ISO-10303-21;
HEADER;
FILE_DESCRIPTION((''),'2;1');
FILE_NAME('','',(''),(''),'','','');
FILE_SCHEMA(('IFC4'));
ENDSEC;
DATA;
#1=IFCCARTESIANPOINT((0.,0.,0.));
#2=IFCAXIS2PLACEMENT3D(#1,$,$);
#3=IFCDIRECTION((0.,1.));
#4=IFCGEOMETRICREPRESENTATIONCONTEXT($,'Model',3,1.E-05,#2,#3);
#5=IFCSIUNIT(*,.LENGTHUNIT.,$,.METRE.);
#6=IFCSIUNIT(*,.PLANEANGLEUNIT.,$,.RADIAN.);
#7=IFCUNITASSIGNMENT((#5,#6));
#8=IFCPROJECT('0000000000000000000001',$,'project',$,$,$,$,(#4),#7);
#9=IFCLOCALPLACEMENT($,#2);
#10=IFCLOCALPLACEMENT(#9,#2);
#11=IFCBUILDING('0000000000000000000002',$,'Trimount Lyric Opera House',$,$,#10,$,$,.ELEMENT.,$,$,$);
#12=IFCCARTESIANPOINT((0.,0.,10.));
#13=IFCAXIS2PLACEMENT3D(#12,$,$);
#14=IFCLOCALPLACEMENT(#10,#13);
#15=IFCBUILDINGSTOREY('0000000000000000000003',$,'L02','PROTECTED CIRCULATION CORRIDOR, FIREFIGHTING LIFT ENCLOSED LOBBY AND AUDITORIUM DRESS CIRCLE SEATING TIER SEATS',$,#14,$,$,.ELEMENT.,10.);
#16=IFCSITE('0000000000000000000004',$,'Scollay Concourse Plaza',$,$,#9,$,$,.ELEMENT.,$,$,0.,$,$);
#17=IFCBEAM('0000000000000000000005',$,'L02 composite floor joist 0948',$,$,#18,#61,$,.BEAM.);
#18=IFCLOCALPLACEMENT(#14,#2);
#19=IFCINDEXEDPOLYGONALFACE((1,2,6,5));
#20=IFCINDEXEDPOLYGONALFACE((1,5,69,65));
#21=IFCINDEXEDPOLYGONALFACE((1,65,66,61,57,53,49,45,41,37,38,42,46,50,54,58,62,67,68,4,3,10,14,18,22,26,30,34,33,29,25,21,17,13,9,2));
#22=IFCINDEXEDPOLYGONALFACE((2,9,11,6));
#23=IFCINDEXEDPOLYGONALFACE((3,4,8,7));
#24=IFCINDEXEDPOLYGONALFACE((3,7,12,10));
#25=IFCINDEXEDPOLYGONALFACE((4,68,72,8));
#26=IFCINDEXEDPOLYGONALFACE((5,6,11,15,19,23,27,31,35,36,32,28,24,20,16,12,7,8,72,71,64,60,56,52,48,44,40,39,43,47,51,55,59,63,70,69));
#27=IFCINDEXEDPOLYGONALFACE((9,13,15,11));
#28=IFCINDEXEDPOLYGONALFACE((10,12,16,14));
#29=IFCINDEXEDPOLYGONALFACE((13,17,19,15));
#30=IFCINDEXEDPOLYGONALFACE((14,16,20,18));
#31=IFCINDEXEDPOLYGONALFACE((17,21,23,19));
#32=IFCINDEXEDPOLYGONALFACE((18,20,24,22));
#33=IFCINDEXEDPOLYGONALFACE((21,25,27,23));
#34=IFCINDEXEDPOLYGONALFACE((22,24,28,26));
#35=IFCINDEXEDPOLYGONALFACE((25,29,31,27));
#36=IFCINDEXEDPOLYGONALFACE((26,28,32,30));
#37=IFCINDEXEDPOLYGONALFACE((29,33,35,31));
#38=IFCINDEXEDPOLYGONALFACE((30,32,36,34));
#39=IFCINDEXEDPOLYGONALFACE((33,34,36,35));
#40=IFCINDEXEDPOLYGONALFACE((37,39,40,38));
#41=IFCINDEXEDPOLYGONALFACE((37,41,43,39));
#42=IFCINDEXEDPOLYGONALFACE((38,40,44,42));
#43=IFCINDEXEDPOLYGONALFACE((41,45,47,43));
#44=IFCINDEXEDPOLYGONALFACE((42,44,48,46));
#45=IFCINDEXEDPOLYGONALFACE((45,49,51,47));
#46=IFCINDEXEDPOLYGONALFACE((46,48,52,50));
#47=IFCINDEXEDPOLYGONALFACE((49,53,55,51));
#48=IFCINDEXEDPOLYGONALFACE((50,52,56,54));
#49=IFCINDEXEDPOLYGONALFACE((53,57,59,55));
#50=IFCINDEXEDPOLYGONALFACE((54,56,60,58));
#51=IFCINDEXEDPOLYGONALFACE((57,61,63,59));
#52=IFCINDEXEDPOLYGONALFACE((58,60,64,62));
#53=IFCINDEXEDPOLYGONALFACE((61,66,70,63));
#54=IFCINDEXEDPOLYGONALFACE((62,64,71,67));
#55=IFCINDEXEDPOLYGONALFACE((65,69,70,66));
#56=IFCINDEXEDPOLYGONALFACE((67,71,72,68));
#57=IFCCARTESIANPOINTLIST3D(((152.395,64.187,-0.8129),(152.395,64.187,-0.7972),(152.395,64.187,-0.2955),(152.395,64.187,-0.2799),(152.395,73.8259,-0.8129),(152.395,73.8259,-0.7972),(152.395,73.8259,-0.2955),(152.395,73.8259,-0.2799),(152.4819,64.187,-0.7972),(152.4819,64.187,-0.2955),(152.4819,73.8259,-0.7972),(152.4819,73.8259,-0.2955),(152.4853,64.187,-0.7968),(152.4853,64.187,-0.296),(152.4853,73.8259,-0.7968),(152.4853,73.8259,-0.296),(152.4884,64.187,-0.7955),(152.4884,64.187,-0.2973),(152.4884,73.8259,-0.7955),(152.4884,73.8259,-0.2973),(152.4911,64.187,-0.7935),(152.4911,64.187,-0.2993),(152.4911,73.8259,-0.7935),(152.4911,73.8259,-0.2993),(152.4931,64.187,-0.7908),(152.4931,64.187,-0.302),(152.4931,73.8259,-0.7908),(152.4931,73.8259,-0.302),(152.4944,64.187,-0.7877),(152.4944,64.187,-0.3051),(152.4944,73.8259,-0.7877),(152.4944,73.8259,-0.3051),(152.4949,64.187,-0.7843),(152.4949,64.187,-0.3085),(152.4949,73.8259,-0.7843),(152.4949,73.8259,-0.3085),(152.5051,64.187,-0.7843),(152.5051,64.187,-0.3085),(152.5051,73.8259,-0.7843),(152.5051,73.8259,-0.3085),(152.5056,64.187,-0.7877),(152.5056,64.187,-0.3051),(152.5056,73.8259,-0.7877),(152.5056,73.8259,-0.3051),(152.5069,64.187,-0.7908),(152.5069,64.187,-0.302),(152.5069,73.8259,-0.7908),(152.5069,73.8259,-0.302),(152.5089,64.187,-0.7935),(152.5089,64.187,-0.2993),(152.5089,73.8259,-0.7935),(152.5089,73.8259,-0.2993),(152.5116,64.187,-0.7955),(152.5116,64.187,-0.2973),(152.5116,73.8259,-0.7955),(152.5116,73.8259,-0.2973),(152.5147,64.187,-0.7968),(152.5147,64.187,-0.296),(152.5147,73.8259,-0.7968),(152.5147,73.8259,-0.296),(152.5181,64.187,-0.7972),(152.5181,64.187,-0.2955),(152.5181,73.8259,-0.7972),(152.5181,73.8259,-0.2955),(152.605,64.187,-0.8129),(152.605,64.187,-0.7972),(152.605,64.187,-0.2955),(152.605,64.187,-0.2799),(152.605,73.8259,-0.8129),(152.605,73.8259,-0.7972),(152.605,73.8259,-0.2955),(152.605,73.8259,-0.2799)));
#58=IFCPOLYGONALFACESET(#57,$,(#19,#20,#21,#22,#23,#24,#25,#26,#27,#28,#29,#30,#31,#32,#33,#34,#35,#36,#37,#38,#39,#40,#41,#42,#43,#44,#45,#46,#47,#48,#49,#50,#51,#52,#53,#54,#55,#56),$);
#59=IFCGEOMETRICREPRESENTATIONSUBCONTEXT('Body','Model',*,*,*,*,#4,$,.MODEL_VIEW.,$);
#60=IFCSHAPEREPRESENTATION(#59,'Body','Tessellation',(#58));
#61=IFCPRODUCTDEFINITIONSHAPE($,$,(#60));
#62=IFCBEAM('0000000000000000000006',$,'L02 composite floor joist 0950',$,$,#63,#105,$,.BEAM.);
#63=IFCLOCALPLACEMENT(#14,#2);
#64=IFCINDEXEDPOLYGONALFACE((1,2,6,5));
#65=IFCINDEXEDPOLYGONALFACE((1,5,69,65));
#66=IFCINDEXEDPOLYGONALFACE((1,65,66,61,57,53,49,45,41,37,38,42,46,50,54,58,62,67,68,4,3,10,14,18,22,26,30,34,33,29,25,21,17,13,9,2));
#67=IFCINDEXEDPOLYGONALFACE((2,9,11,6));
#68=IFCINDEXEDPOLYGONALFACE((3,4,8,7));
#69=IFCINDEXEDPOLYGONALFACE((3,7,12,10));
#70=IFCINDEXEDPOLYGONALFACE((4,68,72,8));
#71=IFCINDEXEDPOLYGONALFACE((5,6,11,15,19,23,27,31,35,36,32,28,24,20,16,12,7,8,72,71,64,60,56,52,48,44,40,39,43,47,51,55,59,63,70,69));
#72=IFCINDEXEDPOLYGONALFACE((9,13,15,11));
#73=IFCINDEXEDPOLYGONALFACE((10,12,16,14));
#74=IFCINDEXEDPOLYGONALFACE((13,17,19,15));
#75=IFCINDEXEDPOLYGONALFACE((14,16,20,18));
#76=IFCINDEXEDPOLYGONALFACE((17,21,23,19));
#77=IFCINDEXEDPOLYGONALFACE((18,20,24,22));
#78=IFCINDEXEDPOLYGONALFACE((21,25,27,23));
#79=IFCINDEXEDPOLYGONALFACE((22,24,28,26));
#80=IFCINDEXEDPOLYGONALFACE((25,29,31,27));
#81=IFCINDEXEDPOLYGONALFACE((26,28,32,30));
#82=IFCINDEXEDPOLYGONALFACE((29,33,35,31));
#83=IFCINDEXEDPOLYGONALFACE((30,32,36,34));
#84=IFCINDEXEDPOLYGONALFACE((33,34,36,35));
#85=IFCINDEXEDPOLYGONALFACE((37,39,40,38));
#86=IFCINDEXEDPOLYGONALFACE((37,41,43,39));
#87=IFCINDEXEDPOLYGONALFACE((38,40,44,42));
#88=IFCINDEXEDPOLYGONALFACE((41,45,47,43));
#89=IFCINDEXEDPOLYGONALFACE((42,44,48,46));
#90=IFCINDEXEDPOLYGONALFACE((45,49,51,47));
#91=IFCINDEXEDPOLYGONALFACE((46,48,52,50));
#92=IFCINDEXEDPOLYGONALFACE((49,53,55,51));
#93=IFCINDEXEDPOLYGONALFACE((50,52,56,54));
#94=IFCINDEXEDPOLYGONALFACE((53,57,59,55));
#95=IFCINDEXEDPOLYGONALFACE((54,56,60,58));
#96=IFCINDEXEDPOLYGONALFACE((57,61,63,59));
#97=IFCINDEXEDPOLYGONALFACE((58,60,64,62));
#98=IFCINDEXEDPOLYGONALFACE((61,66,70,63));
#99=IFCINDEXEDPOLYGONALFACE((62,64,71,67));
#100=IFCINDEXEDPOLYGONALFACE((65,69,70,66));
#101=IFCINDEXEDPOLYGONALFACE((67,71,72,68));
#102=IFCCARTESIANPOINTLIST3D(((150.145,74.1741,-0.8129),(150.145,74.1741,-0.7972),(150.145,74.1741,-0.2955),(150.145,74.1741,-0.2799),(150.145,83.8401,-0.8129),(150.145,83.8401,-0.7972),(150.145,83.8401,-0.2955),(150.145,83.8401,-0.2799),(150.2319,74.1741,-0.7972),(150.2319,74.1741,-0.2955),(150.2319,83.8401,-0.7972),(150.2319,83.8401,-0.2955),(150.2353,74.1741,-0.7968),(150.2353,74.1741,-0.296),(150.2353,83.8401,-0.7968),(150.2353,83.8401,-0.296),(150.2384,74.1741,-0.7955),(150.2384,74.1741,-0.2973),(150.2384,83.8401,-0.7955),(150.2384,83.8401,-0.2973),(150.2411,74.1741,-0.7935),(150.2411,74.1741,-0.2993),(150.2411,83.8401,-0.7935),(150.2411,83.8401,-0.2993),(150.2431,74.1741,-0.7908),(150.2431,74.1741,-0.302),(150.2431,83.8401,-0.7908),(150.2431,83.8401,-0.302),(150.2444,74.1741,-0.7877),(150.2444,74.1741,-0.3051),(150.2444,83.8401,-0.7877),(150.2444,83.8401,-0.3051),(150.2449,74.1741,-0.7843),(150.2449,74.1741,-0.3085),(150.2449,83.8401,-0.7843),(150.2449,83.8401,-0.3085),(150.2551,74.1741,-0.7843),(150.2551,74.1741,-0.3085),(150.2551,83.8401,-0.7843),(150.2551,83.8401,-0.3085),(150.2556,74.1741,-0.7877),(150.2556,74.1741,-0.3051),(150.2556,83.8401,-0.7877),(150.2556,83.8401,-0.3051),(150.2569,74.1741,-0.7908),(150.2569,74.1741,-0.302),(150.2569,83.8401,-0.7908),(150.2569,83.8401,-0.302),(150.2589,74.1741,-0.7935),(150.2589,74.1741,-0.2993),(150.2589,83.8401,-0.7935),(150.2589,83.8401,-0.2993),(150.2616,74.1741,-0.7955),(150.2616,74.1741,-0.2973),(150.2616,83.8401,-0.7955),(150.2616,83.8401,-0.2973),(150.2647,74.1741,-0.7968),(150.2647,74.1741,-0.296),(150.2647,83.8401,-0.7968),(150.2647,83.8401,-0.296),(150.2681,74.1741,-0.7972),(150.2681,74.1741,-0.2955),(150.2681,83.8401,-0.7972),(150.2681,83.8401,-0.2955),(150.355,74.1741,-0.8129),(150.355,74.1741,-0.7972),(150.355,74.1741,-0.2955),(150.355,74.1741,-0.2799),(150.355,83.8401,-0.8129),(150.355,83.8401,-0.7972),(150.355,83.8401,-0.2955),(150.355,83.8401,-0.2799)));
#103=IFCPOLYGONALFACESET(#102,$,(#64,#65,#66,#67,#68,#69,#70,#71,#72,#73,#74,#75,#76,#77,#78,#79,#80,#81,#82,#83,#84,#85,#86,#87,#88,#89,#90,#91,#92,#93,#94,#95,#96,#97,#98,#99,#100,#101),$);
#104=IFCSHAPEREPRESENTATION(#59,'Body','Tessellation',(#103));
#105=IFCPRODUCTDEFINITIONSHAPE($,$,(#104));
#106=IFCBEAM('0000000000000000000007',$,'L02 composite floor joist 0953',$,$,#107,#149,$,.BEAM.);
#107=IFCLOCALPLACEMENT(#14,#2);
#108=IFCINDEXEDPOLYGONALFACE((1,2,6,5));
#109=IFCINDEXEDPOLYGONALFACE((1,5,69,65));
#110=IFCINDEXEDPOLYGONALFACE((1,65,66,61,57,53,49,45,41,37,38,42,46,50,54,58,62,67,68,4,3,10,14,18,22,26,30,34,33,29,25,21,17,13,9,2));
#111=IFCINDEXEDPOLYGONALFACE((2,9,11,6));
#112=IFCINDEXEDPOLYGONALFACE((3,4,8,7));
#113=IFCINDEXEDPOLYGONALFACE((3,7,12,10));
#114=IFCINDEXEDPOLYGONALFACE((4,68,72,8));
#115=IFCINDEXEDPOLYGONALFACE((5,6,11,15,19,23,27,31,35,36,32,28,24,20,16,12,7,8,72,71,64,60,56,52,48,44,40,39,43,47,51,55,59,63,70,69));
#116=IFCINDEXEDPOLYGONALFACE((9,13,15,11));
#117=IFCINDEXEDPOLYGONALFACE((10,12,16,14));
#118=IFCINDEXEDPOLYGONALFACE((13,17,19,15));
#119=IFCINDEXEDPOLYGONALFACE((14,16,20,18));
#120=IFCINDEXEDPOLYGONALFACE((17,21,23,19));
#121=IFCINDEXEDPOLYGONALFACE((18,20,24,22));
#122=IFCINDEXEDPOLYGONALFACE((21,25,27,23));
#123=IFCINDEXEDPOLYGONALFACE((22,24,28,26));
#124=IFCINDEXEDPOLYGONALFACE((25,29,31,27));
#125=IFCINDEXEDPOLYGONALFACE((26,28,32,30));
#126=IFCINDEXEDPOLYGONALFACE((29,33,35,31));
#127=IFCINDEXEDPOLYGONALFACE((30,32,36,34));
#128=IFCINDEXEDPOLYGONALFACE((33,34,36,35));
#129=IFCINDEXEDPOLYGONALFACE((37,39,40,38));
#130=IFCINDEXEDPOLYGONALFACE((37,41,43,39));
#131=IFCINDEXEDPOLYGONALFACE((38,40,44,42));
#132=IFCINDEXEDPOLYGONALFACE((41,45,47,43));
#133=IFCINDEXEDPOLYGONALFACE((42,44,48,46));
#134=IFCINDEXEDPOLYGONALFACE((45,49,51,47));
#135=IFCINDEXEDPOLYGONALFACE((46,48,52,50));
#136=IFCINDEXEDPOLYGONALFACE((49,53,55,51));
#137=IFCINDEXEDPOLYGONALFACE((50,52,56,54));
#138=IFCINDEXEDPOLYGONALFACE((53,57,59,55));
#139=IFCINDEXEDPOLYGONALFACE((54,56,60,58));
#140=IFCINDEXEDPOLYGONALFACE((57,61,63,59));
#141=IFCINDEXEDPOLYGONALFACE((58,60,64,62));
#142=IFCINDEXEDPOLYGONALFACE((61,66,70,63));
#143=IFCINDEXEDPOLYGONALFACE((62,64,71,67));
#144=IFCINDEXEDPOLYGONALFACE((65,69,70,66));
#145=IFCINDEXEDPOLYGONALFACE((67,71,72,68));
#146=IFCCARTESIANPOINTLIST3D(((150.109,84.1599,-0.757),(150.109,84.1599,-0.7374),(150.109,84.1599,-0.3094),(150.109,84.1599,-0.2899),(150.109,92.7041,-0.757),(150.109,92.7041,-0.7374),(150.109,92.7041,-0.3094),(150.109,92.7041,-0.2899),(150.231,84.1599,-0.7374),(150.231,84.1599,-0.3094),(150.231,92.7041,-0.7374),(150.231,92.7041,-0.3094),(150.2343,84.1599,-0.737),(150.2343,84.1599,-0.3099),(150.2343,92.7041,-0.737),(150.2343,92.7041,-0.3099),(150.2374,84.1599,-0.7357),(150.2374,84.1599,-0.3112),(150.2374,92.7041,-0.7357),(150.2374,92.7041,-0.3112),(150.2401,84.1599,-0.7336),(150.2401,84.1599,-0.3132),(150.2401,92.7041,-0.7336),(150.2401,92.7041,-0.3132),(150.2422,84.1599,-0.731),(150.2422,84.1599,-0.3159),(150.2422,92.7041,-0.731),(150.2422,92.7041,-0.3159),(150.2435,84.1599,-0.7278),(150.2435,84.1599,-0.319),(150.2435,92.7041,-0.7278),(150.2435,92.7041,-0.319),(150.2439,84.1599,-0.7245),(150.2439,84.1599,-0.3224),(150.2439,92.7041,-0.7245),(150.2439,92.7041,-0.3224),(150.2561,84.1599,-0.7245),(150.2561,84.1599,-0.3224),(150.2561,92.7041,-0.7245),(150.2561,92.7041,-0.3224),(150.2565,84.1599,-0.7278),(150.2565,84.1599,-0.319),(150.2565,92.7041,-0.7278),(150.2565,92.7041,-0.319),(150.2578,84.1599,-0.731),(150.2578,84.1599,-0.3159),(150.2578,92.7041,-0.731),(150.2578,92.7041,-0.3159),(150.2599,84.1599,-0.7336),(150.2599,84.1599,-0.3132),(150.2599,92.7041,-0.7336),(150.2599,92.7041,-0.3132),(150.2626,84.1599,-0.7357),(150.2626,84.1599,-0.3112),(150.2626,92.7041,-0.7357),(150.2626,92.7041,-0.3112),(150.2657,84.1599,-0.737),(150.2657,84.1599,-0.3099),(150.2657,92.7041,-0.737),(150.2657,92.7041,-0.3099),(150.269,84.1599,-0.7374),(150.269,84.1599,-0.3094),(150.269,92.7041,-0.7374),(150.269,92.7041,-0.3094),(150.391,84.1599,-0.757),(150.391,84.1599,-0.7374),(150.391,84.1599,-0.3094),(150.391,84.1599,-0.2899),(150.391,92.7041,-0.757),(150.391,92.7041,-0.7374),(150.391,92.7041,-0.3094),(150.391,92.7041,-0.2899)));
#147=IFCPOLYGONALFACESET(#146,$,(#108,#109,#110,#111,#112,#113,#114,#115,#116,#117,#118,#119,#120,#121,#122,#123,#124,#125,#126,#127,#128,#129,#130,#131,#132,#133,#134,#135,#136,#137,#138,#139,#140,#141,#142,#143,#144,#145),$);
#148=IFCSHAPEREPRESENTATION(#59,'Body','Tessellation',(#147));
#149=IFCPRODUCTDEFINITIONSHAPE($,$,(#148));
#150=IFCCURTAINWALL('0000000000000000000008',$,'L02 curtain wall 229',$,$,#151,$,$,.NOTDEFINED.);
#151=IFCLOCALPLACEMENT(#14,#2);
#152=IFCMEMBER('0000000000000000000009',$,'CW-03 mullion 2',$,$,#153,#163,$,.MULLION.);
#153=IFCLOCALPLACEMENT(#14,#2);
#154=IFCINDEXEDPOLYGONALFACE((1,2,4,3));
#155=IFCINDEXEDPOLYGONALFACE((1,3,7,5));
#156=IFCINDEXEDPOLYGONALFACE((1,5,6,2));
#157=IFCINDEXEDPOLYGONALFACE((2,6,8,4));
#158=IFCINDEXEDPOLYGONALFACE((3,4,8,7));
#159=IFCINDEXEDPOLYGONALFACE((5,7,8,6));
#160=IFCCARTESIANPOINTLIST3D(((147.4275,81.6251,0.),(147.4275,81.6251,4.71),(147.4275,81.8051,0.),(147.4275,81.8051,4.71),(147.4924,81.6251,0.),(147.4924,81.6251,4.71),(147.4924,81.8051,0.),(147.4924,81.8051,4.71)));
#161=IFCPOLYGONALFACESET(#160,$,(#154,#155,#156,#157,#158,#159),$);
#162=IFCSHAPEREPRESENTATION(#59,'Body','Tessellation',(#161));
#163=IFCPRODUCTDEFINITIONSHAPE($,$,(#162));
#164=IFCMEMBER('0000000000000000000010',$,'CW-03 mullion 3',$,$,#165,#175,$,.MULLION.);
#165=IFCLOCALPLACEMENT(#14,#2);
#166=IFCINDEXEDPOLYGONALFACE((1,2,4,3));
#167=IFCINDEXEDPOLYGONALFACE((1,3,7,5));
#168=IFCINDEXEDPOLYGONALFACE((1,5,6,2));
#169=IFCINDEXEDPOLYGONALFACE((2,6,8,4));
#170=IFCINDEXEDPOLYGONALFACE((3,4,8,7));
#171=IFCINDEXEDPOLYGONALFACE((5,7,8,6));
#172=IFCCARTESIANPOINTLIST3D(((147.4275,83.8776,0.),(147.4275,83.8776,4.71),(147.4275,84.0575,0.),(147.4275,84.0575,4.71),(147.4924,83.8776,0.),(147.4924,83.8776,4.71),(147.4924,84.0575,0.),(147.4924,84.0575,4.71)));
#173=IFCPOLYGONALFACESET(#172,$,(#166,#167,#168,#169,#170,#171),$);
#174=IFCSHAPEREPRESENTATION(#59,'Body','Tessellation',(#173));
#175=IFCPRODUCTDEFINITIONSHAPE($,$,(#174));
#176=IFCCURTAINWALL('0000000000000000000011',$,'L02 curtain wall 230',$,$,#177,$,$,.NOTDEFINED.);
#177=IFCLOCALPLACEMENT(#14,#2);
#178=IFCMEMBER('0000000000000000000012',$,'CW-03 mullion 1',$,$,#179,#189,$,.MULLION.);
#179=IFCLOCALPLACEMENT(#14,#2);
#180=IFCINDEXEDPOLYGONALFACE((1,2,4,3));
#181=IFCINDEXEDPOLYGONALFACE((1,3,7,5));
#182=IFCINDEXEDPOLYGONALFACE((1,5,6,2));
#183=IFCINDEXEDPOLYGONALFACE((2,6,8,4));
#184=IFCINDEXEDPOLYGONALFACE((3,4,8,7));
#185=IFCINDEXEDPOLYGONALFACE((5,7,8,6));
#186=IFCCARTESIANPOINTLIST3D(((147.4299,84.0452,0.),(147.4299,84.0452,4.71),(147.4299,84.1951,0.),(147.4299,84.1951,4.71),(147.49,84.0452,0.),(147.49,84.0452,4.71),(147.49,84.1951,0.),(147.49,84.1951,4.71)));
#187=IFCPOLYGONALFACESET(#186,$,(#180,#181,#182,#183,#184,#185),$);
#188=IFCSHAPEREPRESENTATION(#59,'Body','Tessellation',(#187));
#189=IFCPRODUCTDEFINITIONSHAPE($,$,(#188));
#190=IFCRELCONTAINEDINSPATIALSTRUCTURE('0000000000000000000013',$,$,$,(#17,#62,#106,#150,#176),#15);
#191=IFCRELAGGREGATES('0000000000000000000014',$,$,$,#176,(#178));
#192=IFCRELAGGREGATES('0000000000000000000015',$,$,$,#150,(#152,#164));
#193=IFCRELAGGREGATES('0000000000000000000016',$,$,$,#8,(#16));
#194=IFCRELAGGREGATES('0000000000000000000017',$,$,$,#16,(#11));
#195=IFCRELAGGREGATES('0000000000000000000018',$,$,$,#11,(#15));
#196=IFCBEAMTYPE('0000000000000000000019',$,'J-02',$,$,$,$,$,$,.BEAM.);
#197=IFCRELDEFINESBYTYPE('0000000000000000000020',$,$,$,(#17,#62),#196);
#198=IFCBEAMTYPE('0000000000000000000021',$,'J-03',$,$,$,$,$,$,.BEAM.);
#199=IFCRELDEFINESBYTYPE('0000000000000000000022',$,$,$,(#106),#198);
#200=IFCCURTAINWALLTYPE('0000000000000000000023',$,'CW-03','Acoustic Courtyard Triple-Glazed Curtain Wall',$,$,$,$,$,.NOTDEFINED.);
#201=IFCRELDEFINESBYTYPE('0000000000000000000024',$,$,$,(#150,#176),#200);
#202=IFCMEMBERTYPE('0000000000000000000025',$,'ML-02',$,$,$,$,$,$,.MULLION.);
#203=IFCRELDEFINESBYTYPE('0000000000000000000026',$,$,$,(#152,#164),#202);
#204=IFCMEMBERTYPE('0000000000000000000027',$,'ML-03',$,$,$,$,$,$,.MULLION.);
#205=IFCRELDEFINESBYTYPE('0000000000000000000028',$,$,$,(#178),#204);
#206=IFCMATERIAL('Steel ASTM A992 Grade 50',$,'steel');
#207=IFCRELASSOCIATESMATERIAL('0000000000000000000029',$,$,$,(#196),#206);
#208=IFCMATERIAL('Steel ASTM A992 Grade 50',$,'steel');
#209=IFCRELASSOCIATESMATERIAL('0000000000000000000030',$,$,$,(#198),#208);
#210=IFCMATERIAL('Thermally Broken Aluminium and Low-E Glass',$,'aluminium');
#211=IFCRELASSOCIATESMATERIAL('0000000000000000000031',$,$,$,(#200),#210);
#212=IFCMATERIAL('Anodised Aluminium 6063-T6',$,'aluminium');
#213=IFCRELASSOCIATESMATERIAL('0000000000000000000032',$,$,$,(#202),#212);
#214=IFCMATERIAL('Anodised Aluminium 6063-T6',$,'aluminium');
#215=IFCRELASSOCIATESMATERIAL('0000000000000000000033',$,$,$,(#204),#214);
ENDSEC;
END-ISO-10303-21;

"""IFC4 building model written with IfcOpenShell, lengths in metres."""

from ifc_helpers import new_model, si_unit, direction, frame, origin, origin_2d, place, context, subcontext, project, spatial, rectangle, i_section, extrude, material, material_profile, profile_set, type_object, element, aggregate, save


model = new_model("IFC4")

# Units and contexts
model_context = context("Model", 3, precision=1e-05, world=origin(), true_north=direction((0.0, 1.0)))
body_context = subcontext(model_context, "Body", "Model", "MODEL_VIEW")
ifc_project = project(units=[si_unit("LENGTHUNIT", "METRE"), si_unit("PLANEANGLEUNIT", "RADIAN")], contexts=[model_context])

# Site, building, storey
site_placement = place(None, origin())
site = spatial("IfcSite", under=ifc_project, at=site_placement, Name="Scollay Concourse Plaza", CompositionType="ELEMENT", RefElevation=0.0)
building_placement = place(site_placement, origin())
building = spatial("IfcBuilding", under=site, at=building_placement, Name="Trimount Lyric Opera House", CompositionType="ELEMENT")
storey_placement = place(building_placement, frame((0.0, 0.0, 10.0)))
storey = spatial("IfcBuildingStorey", under=building, at=storey_placement, Name="L02", Description="PROTECTED CIRCULATION CORRIDOR, FIREFIGHTING LIFT ENCLOSED LOBBY AND AUDITORIUM DRESS CIRCLE SEATING TIER SEATS", CompositionType="ELEMENT", Elevation=10.0)

# Beams
ifc_material_1 = material(Name="Steel ASTM A992 Grade 50", Category="steel")
ifc_material_profile_1 = material_profile(ifc_material_1, i_section(OverallWidth=0.21, OverallDepth=0.533, WebThickness=0.0103, FlangeThickness=0.0156, FilletRadius=0.0129, at=origin_2d()), Name="W21X62")
ifc_profile_set_1 = profile_set([ifc_material_profile_1], Name="Steel ASTM A992 Grade 50")
beam_type_1 = type_object("IfcBeamType", Name="J-02", PredefinedType="BEAM", material=ifc_profile_set_1)
beam_1_placement = place(storey_placement, frame((152.5, 64.187, -0.5464), z_axis=(0.0, 1.0, 0.0), x_axis=(-1.0, 0.0, 0.0)))
element("IfcBeam", 1, at=beam_1_placement, inside=storey, type_object=beam_type_1, Name="L02 composite floor joist 0948", PredefinedType="BEAM", context=body_context, shape_type="SweptSolid", body=[
    extrude(i_section(OverallWidth=0.21, OverallDepth=0.533, WebThickness=0.0103, FlangeThickness=0.0156, FilletRadius=0.0129, at=origin_2d()), origin(), (0.0, 0.0, 1.0), 9.6389),
])
beam_2_placement = place(storey_placement, frame((150.25, 74.1741, -0.5464), z_axis=(0.0, 1.0, 0.0), x_axis=(-1.0, 0.0, 0.0)))
element("IfcBeam", 2, at=beam_2_placement, inside=storey, type_object=beam_type_1, Name="L02 composite floor joist 0950", PredefinedType="BEAM", context=body_context, shape_type="SweptSolid", body=[
    extrude(i_section(OverallWidth=0.21, OverallDepth=0.533, WebThickness=0.0103, FlangeThickness=0.0156, FilletRadius=0.0129, at=origin_2d()), origin(), (0.0, 0.0, 1.0), 9.666),
])
ifc_material_2 = material(Name="Steel ASTM A992 Grade 50", Category="steel")
ifc_material_profile_2 = material_profile(ifc_material_2, i_section(OverallWidth=0.282, OverallDepth=0.467, WebThickness=0.0122, FlangeThickness=0.0195, FilletRadius=0.0129, at=origin_2d()), Name="W18X86")
ifc_profile_set_2 = profile_set([ifc_material_profile_2], Name="Steel ASTM A992 Grade 50")
beam_type_2 = type_object("IfcBeamType", Name="J-03", PredefinedType="BEAM", material=ifc_profile_set_2)
beam_3_placement = place(storey_placement, frame((150.25, 84.1599, -0.5234), z_axis=(0.0, 1.0, 0.0), x_axis=(-1.0, 0.0, 0.0)))
element("IfcBeam", 3, at=beam_3_placement, inside=storey, type_object=beam_type_2, Name="L02 composite floor joist 0953", PredefinedType="BEAM", context=body_context, shape_type="SweptSolid", body=[
    extrude(i_section(OverallWidth=0.282, OverallDepth=0.467, WebThickness=0.0122, FlangeThickness=0.0195, FilletRadius=0.0129, at=origin_2d()), origin(), (0.0, 0.0, 1.0), 8.5442),
])

# Curtain wall, members
ifc_material_3 = material(Name="Thermally Broken Aluminium and Low-E Glass", Category="aluminium")
curtain_wall_type = type_object("IfcCurtainWallType", Name="CW-03", Description="Acoustic Courtyard Triple-Glazed Curtain Wall", PredefinedType="NOTDEFINED", material=ifc_material_3)
curtain_wall_1_placement = place(storey_placement, origin())
curtain_wall_1 = element("IfcCurtainWall", 4, at=curtain_wall_1_placement, inside=storey, type_object=curtain_wall_type, Name="L02 curtain wall 229", PredefinedType="NOTDEFINED")
ifc_material_4 = material(Name="Anodised Aluminium 6063-T6", Category="aluminium")
ifc_material_profile_3 = material_profile(ifc_material_4, rectangle(XDim=0.0649, YDim=0.1799, at=origin_2d()), Name="ALU-MULL-65X180")
ifc_profile_set_3 = profile_set([ifc_material_profile_3], Name="Anodised Aluminium 6063-T6")
member_type_1 = type_object("IfcMemberType", Name="ML-02", PredefinedType="MULLION", material=ifc_profile_set_3)
member_1_placement = place(storey_placement, frame((147.46, 81.7151, 0.0), z_axis=(0.0, 0.0, 1.0), x_axis=(-1.0, 0.0, 0.0)))
member_1 = element("IfcMember", 5, at=member_1_placement, type_object=member_type_1, Name="CW-03 mullion 2", PredefinedType="MULLION", context=body_context, shape_type="SweptSolid", body=[
    extrude(rectangle(XDim=0.0649, YDim=0.1799, at=origin_2d()), origin(), (0.0, 0.0, 1.0), 4.71),
])
member_2_placement = place(storey_placement, frame((147.46, 83.9675, 0.0), z_axis=(0.0, 0.0, 1.0), x_axis=(-1.0, 0.0, 0.0)))
member_2 = element("IfcMember", 6, at=member_2_placement, type_object=member_type_1, Name="CW-03 mullion 3", PredefinedType="MULLION", context=body_context, shape_type="SweptSolid", body=[
    extrude(rectangle(XDim=0.0649, YDim=0.1799, at=origin_2d()), origin(), (0.0, 0.0, 1.0), 4.71),
])

# Curtain wall, member
curtain_wall_2_placement = place(storey_placement, origin())
curtain_wall_2 = element("IfcCurtainWall", 7, at=curtain_wall_2_placement, inside=storey, type_object=curtain_wall_type, Name="L02 curtain wall 230", PredefinedType="NOTDEFINED")
ifc_material_5 = material(Name="Anodised Aluminium 6063-T6", Category="aluminium")
ifc_material_profile_4 = material_profile(ifc_material_5, rectangle(XDim=0.0601, YDim=0.1499, at=origin_2d()), Name="ALU-MULL-60X150")
ifc_profile_set_4 = profile_set([ifc_material_profile_4], Name="Anodised Aluminium 6063-T6")
member_type_2 = type_object("IfcMemberType", Name="ML-03", PredefinedType="MULLION", material=ifc_profile_set_4)
member_3_placement = place(storey_placement, frame((147.46, 84.1201, 0.0), z_axis=(0.0, 0.0, 1.0), x_axis=(-1.0, 0.0, 0.0)))
member_3 = element("IfcMember", 8, at=member_3_placement, type_object=member_type_2, Name="CW-03 mullion 1", PredefinedType="MULLION", context=body_context, shape_type="SweptSolid", body=[
    extrude(rectangle(XDim=0.0601, YDim=0.1499, at=origin_2d()), origin(), (0.0, 0.0, 1.0), 4.71),
])

aggregate(curtain_wall_2, [member_3])

aggregate(curtain_wall_1, [member_1, member_2])

save(model, "model.ifc")
